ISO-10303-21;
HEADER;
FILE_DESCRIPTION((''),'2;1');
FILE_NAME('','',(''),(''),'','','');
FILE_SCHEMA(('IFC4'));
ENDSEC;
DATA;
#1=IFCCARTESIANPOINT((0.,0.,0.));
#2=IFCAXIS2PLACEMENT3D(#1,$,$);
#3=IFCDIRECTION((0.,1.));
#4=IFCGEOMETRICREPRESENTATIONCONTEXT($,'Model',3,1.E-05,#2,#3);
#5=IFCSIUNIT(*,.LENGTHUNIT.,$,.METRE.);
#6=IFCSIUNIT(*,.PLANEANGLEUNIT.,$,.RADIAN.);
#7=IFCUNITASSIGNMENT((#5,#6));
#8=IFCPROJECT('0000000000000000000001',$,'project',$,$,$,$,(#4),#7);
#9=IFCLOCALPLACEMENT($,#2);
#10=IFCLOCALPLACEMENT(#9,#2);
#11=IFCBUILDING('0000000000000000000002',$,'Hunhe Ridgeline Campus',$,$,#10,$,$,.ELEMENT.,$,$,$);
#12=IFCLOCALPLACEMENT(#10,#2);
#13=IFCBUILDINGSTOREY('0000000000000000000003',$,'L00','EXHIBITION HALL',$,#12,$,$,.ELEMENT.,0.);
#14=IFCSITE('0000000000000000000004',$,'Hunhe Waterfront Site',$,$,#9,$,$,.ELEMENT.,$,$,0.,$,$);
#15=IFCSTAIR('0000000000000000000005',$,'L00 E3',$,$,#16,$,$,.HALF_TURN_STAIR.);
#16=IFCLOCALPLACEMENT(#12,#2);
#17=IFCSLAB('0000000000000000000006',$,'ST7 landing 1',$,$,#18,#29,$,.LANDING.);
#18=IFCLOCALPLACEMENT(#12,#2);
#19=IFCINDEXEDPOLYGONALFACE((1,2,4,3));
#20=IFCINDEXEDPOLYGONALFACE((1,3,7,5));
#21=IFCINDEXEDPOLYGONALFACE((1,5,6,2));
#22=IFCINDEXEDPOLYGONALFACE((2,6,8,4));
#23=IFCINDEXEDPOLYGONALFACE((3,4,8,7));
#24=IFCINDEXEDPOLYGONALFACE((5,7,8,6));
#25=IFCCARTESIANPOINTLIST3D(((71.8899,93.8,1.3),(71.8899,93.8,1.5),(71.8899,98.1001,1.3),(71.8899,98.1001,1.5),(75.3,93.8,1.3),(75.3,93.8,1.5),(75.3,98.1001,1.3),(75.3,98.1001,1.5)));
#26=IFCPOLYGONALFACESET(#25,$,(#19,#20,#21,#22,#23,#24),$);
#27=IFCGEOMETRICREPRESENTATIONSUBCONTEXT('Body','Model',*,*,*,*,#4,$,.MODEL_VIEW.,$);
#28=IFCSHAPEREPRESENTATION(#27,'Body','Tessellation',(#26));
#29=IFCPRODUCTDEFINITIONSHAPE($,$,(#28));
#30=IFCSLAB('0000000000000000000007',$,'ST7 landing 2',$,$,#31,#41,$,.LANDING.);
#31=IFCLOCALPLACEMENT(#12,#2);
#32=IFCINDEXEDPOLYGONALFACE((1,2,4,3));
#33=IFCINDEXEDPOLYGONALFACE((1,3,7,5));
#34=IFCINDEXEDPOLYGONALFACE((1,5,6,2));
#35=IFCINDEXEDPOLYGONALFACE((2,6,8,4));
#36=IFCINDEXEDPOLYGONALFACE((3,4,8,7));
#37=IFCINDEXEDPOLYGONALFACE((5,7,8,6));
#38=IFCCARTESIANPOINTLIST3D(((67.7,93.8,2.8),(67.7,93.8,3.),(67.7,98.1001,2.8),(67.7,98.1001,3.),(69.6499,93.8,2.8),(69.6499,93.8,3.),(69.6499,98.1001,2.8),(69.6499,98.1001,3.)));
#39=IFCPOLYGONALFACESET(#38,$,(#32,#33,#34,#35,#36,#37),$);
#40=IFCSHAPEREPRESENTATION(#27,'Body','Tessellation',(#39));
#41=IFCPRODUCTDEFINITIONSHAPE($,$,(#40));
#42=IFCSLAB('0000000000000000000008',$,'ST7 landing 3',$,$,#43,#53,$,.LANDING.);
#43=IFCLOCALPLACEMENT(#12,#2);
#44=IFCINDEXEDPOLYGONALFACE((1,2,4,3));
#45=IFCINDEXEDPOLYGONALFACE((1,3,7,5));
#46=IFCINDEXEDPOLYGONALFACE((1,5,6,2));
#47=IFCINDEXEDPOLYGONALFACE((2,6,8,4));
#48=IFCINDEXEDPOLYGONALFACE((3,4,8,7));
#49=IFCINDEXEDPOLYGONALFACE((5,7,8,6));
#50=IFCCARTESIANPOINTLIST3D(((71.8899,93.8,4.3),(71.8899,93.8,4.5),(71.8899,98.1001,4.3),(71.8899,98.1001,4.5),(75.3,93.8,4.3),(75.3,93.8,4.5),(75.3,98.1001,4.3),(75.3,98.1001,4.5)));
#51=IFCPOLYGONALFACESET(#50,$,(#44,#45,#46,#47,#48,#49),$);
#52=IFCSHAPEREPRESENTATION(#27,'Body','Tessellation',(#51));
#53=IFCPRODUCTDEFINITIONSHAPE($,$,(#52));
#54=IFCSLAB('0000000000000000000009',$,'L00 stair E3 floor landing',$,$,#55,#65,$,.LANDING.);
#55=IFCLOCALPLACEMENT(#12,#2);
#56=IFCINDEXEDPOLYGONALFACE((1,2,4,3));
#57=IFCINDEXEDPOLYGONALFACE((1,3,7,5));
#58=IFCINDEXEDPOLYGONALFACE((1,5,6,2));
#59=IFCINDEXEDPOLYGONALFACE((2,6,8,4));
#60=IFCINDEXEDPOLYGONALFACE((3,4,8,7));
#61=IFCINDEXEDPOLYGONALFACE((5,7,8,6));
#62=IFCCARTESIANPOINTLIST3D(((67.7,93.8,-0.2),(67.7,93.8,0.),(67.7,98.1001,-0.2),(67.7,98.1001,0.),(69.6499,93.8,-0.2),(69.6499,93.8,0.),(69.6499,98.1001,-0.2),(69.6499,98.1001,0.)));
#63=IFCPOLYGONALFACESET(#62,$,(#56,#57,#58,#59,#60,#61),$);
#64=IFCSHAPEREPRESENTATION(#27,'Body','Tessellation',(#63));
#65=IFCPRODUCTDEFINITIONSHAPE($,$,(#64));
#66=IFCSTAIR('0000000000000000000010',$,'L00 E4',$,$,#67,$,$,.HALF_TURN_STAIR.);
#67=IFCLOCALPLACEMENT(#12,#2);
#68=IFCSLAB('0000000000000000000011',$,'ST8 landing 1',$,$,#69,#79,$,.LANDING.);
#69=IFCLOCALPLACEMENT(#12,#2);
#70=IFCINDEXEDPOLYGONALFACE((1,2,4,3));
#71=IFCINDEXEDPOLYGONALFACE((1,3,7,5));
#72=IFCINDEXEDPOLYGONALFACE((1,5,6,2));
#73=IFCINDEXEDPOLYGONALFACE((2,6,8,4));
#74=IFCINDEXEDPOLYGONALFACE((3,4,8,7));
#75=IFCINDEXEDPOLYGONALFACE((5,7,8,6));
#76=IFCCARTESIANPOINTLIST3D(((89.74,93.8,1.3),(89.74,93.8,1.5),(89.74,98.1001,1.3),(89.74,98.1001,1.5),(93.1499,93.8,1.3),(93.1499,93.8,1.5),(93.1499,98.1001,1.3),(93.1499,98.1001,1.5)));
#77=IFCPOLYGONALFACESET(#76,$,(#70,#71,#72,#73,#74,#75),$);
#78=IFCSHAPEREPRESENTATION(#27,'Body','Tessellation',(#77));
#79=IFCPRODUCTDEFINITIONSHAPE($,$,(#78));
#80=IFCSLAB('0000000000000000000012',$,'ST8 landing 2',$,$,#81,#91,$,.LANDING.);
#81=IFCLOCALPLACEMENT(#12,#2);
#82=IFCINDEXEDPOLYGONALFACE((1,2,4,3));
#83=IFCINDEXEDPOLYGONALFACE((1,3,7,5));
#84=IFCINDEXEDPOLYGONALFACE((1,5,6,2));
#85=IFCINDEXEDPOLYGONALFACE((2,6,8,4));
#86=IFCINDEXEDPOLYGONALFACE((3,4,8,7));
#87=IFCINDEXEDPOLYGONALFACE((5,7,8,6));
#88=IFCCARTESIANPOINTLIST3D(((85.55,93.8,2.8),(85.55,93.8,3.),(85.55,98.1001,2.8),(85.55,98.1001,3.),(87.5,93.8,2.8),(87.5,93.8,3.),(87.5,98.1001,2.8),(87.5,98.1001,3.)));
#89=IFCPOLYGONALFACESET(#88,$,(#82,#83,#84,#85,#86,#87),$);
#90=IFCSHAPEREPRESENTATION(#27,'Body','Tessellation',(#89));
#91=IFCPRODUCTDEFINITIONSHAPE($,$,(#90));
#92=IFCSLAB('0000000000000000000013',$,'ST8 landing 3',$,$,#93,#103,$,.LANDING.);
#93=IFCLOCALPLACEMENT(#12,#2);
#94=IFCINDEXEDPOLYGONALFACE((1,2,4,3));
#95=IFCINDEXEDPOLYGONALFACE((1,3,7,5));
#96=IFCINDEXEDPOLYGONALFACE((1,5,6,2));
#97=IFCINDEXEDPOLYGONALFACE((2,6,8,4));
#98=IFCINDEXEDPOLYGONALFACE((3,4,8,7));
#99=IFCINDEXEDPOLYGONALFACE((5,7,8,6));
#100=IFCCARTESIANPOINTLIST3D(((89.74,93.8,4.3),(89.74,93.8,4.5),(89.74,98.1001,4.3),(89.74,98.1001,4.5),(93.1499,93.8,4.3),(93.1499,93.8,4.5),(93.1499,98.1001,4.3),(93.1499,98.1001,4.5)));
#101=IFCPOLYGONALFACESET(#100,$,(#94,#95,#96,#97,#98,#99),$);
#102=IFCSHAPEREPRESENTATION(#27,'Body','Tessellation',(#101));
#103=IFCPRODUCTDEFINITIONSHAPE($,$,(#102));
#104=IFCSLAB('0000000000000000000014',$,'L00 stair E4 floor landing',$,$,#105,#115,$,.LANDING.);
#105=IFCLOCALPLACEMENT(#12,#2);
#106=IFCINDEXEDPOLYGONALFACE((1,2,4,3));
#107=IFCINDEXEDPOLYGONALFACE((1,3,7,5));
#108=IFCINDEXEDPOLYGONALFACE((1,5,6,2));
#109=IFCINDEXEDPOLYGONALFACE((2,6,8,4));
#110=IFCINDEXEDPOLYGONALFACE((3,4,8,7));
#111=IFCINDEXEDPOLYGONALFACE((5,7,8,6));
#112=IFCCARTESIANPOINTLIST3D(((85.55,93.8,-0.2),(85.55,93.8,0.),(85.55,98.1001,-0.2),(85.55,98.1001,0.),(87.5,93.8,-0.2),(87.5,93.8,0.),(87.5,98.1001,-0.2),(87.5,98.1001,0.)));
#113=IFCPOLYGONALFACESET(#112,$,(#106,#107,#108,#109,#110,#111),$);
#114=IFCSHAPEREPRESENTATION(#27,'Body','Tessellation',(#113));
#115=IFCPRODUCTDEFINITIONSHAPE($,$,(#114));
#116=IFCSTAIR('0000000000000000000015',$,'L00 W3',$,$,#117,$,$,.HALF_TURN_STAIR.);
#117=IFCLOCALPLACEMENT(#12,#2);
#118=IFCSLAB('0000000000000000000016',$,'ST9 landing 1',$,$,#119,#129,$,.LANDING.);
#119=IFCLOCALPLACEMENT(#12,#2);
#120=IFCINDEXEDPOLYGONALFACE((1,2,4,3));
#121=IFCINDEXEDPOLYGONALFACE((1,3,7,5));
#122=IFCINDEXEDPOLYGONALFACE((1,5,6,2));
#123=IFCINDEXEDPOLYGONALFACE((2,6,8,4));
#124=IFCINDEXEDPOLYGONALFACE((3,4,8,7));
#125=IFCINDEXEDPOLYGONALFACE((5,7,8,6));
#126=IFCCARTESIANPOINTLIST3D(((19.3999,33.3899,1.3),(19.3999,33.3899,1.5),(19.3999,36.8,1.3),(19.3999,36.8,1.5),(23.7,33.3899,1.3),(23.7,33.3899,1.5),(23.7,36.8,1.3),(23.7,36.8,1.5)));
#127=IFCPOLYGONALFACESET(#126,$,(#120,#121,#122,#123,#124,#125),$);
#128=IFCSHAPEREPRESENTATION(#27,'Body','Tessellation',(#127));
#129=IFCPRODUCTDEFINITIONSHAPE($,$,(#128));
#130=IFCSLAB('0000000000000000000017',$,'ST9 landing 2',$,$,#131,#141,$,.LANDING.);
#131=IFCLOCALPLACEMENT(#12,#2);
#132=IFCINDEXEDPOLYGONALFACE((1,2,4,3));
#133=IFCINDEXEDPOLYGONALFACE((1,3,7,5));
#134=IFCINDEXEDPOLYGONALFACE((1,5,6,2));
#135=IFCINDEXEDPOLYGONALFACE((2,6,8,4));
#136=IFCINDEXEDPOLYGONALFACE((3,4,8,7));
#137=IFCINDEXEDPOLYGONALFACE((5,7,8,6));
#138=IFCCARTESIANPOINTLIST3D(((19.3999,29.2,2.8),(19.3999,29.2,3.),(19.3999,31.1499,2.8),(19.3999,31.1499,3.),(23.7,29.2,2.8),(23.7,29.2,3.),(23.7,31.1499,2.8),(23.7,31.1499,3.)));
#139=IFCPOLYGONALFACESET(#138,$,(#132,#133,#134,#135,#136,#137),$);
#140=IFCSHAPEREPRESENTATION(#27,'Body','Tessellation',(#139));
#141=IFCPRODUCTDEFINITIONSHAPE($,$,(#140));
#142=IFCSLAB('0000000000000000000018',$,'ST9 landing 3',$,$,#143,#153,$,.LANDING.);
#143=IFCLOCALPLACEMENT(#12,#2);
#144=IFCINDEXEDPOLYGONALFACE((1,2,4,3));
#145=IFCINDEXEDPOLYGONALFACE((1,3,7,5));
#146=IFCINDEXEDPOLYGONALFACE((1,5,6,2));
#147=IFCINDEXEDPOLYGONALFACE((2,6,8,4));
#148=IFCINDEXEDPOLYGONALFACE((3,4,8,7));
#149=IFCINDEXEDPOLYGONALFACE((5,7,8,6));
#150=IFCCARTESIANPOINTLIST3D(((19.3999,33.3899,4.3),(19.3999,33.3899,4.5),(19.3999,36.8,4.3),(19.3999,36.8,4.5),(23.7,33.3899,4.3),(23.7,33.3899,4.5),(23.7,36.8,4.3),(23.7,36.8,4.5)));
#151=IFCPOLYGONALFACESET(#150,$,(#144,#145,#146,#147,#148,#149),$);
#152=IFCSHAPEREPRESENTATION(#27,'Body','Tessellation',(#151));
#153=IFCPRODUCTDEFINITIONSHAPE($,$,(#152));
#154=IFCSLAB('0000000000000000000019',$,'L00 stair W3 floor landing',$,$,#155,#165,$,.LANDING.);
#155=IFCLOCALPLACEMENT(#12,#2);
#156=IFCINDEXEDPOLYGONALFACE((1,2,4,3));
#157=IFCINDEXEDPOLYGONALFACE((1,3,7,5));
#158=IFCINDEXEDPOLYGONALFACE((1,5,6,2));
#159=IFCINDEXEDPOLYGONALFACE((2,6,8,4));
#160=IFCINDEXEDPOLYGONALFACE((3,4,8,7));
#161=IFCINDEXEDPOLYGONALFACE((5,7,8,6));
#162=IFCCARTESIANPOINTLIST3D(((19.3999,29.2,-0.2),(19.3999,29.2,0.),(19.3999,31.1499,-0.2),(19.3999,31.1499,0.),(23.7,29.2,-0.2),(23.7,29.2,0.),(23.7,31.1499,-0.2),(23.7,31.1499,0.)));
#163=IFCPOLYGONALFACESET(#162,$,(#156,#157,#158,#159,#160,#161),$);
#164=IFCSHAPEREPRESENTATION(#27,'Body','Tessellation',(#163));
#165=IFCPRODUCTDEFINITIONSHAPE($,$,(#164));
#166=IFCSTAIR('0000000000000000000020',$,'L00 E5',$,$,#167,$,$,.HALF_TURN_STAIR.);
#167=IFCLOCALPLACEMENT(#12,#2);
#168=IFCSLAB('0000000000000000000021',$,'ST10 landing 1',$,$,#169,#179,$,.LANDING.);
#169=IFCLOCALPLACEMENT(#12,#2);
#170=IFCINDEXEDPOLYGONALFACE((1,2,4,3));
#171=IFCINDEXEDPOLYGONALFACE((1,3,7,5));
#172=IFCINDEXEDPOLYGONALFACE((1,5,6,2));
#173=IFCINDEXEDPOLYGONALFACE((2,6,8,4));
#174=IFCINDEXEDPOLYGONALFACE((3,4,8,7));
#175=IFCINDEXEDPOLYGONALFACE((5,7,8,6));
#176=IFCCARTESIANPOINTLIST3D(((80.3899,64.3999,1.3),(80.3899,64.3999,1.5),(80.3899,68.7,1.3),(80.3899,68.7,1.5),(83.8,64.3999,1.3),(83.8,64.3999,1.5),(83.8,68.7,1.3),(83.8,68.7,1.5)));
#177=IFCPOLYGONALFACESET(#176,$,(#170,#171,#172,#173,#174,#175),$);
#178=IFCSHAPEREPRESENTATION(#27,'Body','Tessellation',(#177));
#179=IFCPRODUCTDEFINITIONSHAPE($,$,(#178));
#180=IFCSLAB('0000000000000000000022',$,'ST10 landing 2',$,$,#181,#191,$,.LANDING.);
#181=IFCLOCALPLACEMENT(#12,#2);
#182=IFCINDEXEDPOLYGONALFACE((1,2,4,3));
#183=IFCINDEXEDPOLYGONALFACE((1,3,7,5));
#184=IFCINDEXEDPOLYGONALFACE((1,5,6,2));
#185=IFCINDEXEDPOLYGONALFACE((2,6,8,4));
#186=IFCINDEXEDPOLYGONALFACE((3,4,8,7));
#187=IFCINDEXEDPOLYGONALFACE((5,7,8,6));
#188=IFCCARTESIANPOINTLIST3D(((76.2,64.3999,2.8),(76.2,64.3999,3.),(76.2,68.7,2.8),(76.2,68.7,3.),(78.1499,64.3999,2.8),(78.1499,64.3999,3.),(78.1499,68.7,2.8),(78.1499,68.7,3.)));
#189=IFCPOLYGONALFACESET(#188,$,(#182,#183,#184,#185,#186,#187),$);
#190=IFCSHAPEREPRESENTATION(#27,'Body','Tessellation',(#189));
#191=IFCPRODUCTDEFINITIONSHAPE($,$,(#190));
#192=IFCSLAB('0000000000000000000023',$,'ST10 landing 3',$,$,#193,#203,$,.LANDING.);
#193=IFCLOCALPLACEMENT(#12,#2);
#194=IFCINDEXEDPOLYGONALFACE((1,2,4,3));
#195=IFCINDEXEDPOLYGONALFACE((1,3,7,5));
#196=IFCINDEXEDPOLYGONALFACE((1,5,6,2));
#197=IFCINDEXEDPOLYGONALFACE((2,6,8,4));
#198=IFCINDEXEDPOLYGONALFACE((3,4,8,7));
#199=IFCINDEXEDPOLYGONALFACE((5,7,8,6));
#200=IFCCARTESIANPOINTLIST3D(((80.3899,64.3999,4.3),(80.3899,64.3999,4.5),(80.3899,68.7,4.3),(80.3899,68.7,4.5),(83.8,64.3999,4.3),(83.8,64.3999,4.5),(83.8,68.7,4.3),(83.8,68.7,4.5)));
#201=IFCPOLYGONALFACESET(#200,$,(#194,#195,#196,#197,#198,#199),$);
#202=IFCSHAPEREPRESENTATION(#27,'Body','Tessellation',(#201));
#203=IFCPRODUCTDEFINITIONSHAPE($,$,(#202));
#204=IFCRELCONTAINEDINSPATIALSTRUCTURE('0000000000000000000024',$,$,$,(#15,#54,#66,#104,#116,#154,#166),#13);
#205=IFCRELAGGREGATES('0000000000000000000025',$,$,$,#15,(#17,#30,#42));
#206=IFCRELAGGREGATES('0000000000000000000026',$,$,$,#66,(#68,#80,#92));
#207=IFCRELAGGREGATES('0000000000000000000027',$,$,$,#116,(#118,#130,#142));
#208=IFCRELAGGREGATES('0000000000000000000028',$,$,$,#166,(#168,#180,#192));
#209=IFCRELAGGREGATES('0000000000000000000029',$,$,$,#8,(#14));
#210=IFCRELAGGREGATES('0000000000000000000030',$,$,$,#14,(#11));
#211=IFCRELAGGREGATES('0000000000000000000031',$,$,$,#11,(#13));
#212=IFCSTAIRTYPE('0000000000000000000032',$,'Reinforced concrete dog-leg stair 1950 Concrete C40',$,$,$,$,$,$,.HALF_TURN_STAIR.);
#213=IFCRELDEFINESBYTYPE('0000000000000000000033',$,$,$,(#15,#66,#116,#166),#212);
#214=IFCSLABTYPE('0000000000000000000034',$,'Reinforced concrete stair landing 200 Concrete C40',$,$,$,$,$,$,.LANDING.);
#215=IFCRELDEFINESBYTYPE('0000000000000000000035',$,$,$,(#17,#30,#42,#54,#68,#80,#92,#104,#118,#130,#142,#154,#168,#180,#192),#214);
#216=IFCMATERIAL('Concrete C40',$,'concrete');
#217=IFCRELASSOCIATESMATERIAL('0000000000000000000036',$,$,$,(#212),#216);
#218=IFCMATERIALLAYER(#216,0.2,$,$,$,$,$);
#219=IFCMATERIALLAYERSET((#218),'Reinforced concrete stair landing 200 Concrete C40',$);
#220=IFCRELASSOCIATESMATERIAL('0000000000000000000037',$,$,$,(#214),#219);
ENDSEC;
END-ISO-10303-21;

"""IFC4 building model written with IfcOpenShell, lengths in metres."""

from ifc_helpers import new_model, si_unit, direction, frame, origin, place, context, subcontext, project, spatial, polyline, outline, extrude, material, layer, layer_set, type_object, element, aggregate, save


model = new_model("IFC4")

# Units and contexts
model_context = context("Model", 3, precision=1e-05, world=origin(), true_north=direction((0.0, 1.0)))
body_context = subcontext(model_context, "Body", "Model", "MODEL_VIEW")
ifc_project = project(units=[si_unit("LENGTHUNIT", "METRE"), si_unit("PLANEANGLEUNIT", "RADIAN")], contexts=[model_context])

# Site, building, storey
site_placement = place(None, origin())
site = spatial("IfcSite", under=ifc_project, at=site_placement, Name="Hunhe Waterfront Site", CompositionType="ELEMENT", RefElevation=0.0)
building_placement = place(site_placement, origin())
building = spatial("IfcBuilding", under=site, at=building_placement, Name="Hunhe Ridgeline Campus", CompositionType="ELEMENT")
storey_placement = place(building_placement, origin())
storey = spatial("IfcBuildingStorey", under=building, at=storey_placement, Name="L00", Description="EXHIBITION HALL", CompositionType="ELEMENT", Elevation=0.0)

# Shared definitions
ifc_material = material(Name="Concrete C40", Category="concrete")

# Stair, slabs
stair_type_1 = type_object("IfcStairType", Name="Reinforced concrete dog-leg stair 1950 Concrete C40", PredefinedType="HALF_TURN_STAIR", material=ifc_material)
stair_1_placement = place(storey_placement, origin())
stair_1 = element("IfcStair", 1, at=stair_1_placement, inside=storey, type_object=stair_type_1, Name="L00 E3", PredefinedType="HALF_TURN_STAIR")
ifc_layer_1 = layer(ifc_material, 0.2)
ifc_layer_set_1 = layer_set([ifc_layer_1], Name="Reinforced concrete stair landing 200 Concrete C40")
slab_type_1 = type_object("IfcSlabType", Name="Reinforced concrete stair landing 200 Concrete C40", PredefinedType="LANDING", material=ifc_layer_set_1)
slab_1_placement = place(storey_placement, frame((0.0, 0.0, 1.3)))
slab_1 = element("IfcSlab", 2, at=slab_1_placement, type_object=slab_type_1, Name="ST7 landing 1", PredefinedType="LANDING", context=body_context, shape_type="SweptSolid", body=[
    extrude(outline(polyline([(71.8899, 93.8), (75.3, 93.8), (75.3, 98.1001), (71.8899, 98.1001), (71.8899, 93.8)])), origin(), (0.0, 0.0, 1.0), 0.2),
])
slab_2_placement = place(storey_placement, frame((0.0, 0.0, 2.8)))
slab_2 = element("IfcSlab", 3, at=slab_2_placement, type_object=slab_type_1, Name="ST7 landing 2", PredefinedType="LANDING", context=body_context, shape_type="SweptSolid", body=[
    extrude(outline(polyline([(67.7, 93.8), (69.6499, 93.8), (69.6499, 98.1001), (67.7, 98.1001), (67.7, 93.8)])), origin(), (0.0, 0.0, 1.0), 0.2),
])
slab_3_placement = place(storey_placement, frame((0.0, 0.0, 4.3)))
slab_3 = element("IfcSlab", 4, at=slab_3_placement, type_object=slab_type_1, Name="ST7 landing 3", PredefinedType="LANDING", context=body_context, shape_type="SweptSolid", body=[
    extrude(outline(polyline([(71.8899, 93.8), (75.3, 93.8), (75.3, 98.1001), (71.8899, 98.1001), (71.8899, 93.8)])), origin(), (0.0, 0.0, 1.0), 0.2),
])
aggregate(stair_1, [slab_1, slab_2, slab_3])

# Slab
slab_4_placement = place(storey_placement, frame((0.0, 0.0, -0.2)))
element("IfcSlab", 5, at=slab_4_placement, inside=storey, type_object=slab_type_1, Name="L00 stair E3 floor landing", PredefinedType="LANDING", context=body_context, shape_type="SweptSolid", body=[
    extrude(outline(polyline([(67.7, 93.8), (69.6499, 93.8), (69.6499, 98.1001), (67.7, 98.1001), (67.7, 93.8)])), origin(), (0.0, 0.0, 1.0), 0.2),
])

# Stair, slabs
stair_2_placement = place(storey_placement, origin())
stair_2 = element("IfcStair", 6, at=stair_2_placement, inside=storey, type_object=stair_type_1, Name="L00 E4", PredefinedType="HALF_TURN_STAIR")
slab_5_placement = place(storey_placement, frame((0.0, 0.0, 1.3)))
slab_5 = element("IfcSlab", 7, at=slab_5_placement, type_object=slab_type_1, Name="ST8 landing 1", PredefinedType="LANDING", context=body_context, shape_type="SweptSolid", body=[
    extrude(outline(polyline([(89.74, 93.8), (93.1499, 93.8), (93.1499, 98.1001), (89.74, 98.1001), (89.74, 93.8)])), origin(), (0.0, 0.0, 1.0), 0.2),
])
slab_6_placement = place(storey_placement, frame((0.0, 0.0, 2.8)))
slab_6 = element("IfcSlab", 8, at=slab_6_placement, type_object=slab_type_1, Name="ST8 landing 2", PredefinedType="LANDING", context=body_context, shape_type="SweptSolid", body=[
    extrude(outline(polyline([(85.55, 93.8), (87.5, 93.8), (87.5, 98.1001), (85.55, 98.1001), (85.55, 93.8)])), origin(), (0.0, 0.0, 1.0), 0.2),
])
slab_7_placement = place(storey_placement, frame((0.0, 0.0, 4.3)))
slab_7 = element("IfcSlab", 9, at=slab_7_placement, type_object=slab_type_1, Name="ST8 landing 3", PredefinedType="LANDING", context=body_context, shape_type="SweptSolid", body=[
    extrude(outline(polyline([(89.74, 93.8), (93.1499, 93.8), (93.1499, 98.1001), (89.74, 98.1001), (89.74, 93.8)])), origin(), (0.0, 0.0, 1.0), 0.2),
])
aggregate(stair_2, [slab_5, slab_6, slab_7])

# Slab
slab_8_placement = place(storey_placement, frame((0.0, 0.0, -0.2)))
element("IfcSlab", 10, at=slab_8_placement, inside=storey, type_object=slab_type_1, Name="L00 stair E4 floor landing", PredefinedType="LANDING", context=body_context, shape_type="SweptSolid", body=[
    extrude(outline(polyline([(85.55, 93.8), (87.5, 93.8), (87.5, 98.1001), (85.55, 98.1001), (85.55, 93.8)])), origin(), (0.0, 0.0, 1.0), 0.2),
])

# Stair, slabs
stair_3_placement = place(storey_placement, origin())
stair_3 = element("IfcStair", 11, at=stair_3_placement, inside=storey, type_object=stair_type_1, Name="L00 W3", PredefinedType="HALF_TURN_STAIR")
slab_9_placement = place(storey_placement, frame((0.0, 0.0, 1.3)))
slab_9 = element("IfcSlab", 12, at=slab_9_placement, type_object=slab_type_1, Name="ST9 landing 1", PredefinedType="LANDING", context=body_context, shape_type="SweptSolid", body=[
    extrude(outline(polyline([(23.7, 33.3899), (23.7, 36.8), (19.3999, 36.8), (19.3999, 33.3899), (23.7, 33.3899)])), origin(), (0.0, 0.0, 1.0), 0.2),
])
slab_10_placement = place(storey_placement, frame((0.0, 0.0, 2.8)))
slab_10 = element("IfcSlab", 13, at=slab_10_placement, type_object=slab_type_1, Name="ST9 landing 2", PredefinedType="LANDING", context=body_context, shape_type="SweptSolid", body=[
    extrude(outline(polyline([(23.7, 29.2), (23.7, 31.1499), (19.3999, 31.1499), (19.3999, 29.2), (23.7, 29.2)])), origin(), (0.0, 0.0, 1.0), 0.2),
])
slab_11_placement = place(storey_placement, frame((0.0, 0.0, 4.3)))
slab_11 = element("IfcSlab", 14, at=slab_11_placement, type_object=slab_type_1, Name="ST9 landing 3", PredefinedType="LANDING", context=body_context, shape_type="SweptSolid", body=[
    extrude(outline(polyline([(23.7, 33.3899), (23.7, 36.8), (19.3999, 36.8), (19.3999, 33.3899), (23.7, 33.3899)])), origin(), (0.0, 0.0, 1.0), 0.2),
])
aggregate(stair_3, [slab_9, slab_10, slab_11])

# Slab
slab_12_placement = place(storey_placement, frame((0.0, 0.0, -0.2)))
element("IfcSlab", 15, at=slab_12_placement, inside=storey, type_object=slab_type_1, Name="L00 stair W3 floor landing", PredefinedType="LANDING", context=body_context, shape_type="SweptSolid", body=[
    extrude(outline(polyline([(23.7, 29.2), (23.7, 31.1499), (19.3999, 31.1499), (19.3999, 29.2), (23.7, 29.2)])), origin(), (0.0, 0.0, 1.0), 0.2),
])

# Stair, slabs
stair_4_placement = place(storey_placement, origin())
stair_4 = element("IfcStair", 16, at=stair_4_placement, inside=storey, type_object=stair_type_1, Name="L00 E5", PredefinedType="HALF_TURN_STAIR")
slab_13_placement = place(storey_placement, frame((0.0, 0.0, 1.3)))
slab_13 = element("IfcSlab", 17, at=slab_13_placement, type_object=slab_type_1, Name="ST10 landing 1", PredefinedType="LANDING", context=body_context, shape_type="SweptSolid", body=[
    extrude(outline(polyline([(80.3899, 64.3999), (83.8, 64.3999), (83.8, 68.7), (80.3899, 68.7), (80.3899, 64.3999)])), origin(), (0.0, 0.0, 1.0), 0.2),
])
slab_14_placement = place(storey_placement, frame((0.0, 0.0, 2.8)))
slab_14 = element("IfcSlab", 18, at=slab_14_placement, type_object=slab_type_1, Name="ST10 landing 2", PredefinedType="LANDING", context=body_context, shape_type="SweptSolid", body=[
    extrude(outline(polyline([(76.2, 64.3999), (78.1499, 64.3999), (78.1499, 68.7), (76.2, 68.7), (76.2, 64.3999)])), origin(), (0.0, 0.0, 1.0), 0.2),
])
slab_15_placement = place(storey_placement, frame((0.0, 0.0, 4.3)))
slab_15 = element("IfcSlab", 19, at=slab_15_placement, type_object=slab_type_1, Name="ST10 landing 3", PredefinedType="LANDING", context=body_context, shape_type="SweptSolid", body=[
    extrude(outline(polyline([(80.3899, 64.3999), (83.8, 64.3999), (83.8, 68.7), (80.3899, 68.7), (80.3899, 64.3999)])), origin(), (0.0, 0.0, 1.0), 0.2),
])
aggregate(stair_4, [slab_13, slab_14, slab_15])

save(model, "model.ifc")
